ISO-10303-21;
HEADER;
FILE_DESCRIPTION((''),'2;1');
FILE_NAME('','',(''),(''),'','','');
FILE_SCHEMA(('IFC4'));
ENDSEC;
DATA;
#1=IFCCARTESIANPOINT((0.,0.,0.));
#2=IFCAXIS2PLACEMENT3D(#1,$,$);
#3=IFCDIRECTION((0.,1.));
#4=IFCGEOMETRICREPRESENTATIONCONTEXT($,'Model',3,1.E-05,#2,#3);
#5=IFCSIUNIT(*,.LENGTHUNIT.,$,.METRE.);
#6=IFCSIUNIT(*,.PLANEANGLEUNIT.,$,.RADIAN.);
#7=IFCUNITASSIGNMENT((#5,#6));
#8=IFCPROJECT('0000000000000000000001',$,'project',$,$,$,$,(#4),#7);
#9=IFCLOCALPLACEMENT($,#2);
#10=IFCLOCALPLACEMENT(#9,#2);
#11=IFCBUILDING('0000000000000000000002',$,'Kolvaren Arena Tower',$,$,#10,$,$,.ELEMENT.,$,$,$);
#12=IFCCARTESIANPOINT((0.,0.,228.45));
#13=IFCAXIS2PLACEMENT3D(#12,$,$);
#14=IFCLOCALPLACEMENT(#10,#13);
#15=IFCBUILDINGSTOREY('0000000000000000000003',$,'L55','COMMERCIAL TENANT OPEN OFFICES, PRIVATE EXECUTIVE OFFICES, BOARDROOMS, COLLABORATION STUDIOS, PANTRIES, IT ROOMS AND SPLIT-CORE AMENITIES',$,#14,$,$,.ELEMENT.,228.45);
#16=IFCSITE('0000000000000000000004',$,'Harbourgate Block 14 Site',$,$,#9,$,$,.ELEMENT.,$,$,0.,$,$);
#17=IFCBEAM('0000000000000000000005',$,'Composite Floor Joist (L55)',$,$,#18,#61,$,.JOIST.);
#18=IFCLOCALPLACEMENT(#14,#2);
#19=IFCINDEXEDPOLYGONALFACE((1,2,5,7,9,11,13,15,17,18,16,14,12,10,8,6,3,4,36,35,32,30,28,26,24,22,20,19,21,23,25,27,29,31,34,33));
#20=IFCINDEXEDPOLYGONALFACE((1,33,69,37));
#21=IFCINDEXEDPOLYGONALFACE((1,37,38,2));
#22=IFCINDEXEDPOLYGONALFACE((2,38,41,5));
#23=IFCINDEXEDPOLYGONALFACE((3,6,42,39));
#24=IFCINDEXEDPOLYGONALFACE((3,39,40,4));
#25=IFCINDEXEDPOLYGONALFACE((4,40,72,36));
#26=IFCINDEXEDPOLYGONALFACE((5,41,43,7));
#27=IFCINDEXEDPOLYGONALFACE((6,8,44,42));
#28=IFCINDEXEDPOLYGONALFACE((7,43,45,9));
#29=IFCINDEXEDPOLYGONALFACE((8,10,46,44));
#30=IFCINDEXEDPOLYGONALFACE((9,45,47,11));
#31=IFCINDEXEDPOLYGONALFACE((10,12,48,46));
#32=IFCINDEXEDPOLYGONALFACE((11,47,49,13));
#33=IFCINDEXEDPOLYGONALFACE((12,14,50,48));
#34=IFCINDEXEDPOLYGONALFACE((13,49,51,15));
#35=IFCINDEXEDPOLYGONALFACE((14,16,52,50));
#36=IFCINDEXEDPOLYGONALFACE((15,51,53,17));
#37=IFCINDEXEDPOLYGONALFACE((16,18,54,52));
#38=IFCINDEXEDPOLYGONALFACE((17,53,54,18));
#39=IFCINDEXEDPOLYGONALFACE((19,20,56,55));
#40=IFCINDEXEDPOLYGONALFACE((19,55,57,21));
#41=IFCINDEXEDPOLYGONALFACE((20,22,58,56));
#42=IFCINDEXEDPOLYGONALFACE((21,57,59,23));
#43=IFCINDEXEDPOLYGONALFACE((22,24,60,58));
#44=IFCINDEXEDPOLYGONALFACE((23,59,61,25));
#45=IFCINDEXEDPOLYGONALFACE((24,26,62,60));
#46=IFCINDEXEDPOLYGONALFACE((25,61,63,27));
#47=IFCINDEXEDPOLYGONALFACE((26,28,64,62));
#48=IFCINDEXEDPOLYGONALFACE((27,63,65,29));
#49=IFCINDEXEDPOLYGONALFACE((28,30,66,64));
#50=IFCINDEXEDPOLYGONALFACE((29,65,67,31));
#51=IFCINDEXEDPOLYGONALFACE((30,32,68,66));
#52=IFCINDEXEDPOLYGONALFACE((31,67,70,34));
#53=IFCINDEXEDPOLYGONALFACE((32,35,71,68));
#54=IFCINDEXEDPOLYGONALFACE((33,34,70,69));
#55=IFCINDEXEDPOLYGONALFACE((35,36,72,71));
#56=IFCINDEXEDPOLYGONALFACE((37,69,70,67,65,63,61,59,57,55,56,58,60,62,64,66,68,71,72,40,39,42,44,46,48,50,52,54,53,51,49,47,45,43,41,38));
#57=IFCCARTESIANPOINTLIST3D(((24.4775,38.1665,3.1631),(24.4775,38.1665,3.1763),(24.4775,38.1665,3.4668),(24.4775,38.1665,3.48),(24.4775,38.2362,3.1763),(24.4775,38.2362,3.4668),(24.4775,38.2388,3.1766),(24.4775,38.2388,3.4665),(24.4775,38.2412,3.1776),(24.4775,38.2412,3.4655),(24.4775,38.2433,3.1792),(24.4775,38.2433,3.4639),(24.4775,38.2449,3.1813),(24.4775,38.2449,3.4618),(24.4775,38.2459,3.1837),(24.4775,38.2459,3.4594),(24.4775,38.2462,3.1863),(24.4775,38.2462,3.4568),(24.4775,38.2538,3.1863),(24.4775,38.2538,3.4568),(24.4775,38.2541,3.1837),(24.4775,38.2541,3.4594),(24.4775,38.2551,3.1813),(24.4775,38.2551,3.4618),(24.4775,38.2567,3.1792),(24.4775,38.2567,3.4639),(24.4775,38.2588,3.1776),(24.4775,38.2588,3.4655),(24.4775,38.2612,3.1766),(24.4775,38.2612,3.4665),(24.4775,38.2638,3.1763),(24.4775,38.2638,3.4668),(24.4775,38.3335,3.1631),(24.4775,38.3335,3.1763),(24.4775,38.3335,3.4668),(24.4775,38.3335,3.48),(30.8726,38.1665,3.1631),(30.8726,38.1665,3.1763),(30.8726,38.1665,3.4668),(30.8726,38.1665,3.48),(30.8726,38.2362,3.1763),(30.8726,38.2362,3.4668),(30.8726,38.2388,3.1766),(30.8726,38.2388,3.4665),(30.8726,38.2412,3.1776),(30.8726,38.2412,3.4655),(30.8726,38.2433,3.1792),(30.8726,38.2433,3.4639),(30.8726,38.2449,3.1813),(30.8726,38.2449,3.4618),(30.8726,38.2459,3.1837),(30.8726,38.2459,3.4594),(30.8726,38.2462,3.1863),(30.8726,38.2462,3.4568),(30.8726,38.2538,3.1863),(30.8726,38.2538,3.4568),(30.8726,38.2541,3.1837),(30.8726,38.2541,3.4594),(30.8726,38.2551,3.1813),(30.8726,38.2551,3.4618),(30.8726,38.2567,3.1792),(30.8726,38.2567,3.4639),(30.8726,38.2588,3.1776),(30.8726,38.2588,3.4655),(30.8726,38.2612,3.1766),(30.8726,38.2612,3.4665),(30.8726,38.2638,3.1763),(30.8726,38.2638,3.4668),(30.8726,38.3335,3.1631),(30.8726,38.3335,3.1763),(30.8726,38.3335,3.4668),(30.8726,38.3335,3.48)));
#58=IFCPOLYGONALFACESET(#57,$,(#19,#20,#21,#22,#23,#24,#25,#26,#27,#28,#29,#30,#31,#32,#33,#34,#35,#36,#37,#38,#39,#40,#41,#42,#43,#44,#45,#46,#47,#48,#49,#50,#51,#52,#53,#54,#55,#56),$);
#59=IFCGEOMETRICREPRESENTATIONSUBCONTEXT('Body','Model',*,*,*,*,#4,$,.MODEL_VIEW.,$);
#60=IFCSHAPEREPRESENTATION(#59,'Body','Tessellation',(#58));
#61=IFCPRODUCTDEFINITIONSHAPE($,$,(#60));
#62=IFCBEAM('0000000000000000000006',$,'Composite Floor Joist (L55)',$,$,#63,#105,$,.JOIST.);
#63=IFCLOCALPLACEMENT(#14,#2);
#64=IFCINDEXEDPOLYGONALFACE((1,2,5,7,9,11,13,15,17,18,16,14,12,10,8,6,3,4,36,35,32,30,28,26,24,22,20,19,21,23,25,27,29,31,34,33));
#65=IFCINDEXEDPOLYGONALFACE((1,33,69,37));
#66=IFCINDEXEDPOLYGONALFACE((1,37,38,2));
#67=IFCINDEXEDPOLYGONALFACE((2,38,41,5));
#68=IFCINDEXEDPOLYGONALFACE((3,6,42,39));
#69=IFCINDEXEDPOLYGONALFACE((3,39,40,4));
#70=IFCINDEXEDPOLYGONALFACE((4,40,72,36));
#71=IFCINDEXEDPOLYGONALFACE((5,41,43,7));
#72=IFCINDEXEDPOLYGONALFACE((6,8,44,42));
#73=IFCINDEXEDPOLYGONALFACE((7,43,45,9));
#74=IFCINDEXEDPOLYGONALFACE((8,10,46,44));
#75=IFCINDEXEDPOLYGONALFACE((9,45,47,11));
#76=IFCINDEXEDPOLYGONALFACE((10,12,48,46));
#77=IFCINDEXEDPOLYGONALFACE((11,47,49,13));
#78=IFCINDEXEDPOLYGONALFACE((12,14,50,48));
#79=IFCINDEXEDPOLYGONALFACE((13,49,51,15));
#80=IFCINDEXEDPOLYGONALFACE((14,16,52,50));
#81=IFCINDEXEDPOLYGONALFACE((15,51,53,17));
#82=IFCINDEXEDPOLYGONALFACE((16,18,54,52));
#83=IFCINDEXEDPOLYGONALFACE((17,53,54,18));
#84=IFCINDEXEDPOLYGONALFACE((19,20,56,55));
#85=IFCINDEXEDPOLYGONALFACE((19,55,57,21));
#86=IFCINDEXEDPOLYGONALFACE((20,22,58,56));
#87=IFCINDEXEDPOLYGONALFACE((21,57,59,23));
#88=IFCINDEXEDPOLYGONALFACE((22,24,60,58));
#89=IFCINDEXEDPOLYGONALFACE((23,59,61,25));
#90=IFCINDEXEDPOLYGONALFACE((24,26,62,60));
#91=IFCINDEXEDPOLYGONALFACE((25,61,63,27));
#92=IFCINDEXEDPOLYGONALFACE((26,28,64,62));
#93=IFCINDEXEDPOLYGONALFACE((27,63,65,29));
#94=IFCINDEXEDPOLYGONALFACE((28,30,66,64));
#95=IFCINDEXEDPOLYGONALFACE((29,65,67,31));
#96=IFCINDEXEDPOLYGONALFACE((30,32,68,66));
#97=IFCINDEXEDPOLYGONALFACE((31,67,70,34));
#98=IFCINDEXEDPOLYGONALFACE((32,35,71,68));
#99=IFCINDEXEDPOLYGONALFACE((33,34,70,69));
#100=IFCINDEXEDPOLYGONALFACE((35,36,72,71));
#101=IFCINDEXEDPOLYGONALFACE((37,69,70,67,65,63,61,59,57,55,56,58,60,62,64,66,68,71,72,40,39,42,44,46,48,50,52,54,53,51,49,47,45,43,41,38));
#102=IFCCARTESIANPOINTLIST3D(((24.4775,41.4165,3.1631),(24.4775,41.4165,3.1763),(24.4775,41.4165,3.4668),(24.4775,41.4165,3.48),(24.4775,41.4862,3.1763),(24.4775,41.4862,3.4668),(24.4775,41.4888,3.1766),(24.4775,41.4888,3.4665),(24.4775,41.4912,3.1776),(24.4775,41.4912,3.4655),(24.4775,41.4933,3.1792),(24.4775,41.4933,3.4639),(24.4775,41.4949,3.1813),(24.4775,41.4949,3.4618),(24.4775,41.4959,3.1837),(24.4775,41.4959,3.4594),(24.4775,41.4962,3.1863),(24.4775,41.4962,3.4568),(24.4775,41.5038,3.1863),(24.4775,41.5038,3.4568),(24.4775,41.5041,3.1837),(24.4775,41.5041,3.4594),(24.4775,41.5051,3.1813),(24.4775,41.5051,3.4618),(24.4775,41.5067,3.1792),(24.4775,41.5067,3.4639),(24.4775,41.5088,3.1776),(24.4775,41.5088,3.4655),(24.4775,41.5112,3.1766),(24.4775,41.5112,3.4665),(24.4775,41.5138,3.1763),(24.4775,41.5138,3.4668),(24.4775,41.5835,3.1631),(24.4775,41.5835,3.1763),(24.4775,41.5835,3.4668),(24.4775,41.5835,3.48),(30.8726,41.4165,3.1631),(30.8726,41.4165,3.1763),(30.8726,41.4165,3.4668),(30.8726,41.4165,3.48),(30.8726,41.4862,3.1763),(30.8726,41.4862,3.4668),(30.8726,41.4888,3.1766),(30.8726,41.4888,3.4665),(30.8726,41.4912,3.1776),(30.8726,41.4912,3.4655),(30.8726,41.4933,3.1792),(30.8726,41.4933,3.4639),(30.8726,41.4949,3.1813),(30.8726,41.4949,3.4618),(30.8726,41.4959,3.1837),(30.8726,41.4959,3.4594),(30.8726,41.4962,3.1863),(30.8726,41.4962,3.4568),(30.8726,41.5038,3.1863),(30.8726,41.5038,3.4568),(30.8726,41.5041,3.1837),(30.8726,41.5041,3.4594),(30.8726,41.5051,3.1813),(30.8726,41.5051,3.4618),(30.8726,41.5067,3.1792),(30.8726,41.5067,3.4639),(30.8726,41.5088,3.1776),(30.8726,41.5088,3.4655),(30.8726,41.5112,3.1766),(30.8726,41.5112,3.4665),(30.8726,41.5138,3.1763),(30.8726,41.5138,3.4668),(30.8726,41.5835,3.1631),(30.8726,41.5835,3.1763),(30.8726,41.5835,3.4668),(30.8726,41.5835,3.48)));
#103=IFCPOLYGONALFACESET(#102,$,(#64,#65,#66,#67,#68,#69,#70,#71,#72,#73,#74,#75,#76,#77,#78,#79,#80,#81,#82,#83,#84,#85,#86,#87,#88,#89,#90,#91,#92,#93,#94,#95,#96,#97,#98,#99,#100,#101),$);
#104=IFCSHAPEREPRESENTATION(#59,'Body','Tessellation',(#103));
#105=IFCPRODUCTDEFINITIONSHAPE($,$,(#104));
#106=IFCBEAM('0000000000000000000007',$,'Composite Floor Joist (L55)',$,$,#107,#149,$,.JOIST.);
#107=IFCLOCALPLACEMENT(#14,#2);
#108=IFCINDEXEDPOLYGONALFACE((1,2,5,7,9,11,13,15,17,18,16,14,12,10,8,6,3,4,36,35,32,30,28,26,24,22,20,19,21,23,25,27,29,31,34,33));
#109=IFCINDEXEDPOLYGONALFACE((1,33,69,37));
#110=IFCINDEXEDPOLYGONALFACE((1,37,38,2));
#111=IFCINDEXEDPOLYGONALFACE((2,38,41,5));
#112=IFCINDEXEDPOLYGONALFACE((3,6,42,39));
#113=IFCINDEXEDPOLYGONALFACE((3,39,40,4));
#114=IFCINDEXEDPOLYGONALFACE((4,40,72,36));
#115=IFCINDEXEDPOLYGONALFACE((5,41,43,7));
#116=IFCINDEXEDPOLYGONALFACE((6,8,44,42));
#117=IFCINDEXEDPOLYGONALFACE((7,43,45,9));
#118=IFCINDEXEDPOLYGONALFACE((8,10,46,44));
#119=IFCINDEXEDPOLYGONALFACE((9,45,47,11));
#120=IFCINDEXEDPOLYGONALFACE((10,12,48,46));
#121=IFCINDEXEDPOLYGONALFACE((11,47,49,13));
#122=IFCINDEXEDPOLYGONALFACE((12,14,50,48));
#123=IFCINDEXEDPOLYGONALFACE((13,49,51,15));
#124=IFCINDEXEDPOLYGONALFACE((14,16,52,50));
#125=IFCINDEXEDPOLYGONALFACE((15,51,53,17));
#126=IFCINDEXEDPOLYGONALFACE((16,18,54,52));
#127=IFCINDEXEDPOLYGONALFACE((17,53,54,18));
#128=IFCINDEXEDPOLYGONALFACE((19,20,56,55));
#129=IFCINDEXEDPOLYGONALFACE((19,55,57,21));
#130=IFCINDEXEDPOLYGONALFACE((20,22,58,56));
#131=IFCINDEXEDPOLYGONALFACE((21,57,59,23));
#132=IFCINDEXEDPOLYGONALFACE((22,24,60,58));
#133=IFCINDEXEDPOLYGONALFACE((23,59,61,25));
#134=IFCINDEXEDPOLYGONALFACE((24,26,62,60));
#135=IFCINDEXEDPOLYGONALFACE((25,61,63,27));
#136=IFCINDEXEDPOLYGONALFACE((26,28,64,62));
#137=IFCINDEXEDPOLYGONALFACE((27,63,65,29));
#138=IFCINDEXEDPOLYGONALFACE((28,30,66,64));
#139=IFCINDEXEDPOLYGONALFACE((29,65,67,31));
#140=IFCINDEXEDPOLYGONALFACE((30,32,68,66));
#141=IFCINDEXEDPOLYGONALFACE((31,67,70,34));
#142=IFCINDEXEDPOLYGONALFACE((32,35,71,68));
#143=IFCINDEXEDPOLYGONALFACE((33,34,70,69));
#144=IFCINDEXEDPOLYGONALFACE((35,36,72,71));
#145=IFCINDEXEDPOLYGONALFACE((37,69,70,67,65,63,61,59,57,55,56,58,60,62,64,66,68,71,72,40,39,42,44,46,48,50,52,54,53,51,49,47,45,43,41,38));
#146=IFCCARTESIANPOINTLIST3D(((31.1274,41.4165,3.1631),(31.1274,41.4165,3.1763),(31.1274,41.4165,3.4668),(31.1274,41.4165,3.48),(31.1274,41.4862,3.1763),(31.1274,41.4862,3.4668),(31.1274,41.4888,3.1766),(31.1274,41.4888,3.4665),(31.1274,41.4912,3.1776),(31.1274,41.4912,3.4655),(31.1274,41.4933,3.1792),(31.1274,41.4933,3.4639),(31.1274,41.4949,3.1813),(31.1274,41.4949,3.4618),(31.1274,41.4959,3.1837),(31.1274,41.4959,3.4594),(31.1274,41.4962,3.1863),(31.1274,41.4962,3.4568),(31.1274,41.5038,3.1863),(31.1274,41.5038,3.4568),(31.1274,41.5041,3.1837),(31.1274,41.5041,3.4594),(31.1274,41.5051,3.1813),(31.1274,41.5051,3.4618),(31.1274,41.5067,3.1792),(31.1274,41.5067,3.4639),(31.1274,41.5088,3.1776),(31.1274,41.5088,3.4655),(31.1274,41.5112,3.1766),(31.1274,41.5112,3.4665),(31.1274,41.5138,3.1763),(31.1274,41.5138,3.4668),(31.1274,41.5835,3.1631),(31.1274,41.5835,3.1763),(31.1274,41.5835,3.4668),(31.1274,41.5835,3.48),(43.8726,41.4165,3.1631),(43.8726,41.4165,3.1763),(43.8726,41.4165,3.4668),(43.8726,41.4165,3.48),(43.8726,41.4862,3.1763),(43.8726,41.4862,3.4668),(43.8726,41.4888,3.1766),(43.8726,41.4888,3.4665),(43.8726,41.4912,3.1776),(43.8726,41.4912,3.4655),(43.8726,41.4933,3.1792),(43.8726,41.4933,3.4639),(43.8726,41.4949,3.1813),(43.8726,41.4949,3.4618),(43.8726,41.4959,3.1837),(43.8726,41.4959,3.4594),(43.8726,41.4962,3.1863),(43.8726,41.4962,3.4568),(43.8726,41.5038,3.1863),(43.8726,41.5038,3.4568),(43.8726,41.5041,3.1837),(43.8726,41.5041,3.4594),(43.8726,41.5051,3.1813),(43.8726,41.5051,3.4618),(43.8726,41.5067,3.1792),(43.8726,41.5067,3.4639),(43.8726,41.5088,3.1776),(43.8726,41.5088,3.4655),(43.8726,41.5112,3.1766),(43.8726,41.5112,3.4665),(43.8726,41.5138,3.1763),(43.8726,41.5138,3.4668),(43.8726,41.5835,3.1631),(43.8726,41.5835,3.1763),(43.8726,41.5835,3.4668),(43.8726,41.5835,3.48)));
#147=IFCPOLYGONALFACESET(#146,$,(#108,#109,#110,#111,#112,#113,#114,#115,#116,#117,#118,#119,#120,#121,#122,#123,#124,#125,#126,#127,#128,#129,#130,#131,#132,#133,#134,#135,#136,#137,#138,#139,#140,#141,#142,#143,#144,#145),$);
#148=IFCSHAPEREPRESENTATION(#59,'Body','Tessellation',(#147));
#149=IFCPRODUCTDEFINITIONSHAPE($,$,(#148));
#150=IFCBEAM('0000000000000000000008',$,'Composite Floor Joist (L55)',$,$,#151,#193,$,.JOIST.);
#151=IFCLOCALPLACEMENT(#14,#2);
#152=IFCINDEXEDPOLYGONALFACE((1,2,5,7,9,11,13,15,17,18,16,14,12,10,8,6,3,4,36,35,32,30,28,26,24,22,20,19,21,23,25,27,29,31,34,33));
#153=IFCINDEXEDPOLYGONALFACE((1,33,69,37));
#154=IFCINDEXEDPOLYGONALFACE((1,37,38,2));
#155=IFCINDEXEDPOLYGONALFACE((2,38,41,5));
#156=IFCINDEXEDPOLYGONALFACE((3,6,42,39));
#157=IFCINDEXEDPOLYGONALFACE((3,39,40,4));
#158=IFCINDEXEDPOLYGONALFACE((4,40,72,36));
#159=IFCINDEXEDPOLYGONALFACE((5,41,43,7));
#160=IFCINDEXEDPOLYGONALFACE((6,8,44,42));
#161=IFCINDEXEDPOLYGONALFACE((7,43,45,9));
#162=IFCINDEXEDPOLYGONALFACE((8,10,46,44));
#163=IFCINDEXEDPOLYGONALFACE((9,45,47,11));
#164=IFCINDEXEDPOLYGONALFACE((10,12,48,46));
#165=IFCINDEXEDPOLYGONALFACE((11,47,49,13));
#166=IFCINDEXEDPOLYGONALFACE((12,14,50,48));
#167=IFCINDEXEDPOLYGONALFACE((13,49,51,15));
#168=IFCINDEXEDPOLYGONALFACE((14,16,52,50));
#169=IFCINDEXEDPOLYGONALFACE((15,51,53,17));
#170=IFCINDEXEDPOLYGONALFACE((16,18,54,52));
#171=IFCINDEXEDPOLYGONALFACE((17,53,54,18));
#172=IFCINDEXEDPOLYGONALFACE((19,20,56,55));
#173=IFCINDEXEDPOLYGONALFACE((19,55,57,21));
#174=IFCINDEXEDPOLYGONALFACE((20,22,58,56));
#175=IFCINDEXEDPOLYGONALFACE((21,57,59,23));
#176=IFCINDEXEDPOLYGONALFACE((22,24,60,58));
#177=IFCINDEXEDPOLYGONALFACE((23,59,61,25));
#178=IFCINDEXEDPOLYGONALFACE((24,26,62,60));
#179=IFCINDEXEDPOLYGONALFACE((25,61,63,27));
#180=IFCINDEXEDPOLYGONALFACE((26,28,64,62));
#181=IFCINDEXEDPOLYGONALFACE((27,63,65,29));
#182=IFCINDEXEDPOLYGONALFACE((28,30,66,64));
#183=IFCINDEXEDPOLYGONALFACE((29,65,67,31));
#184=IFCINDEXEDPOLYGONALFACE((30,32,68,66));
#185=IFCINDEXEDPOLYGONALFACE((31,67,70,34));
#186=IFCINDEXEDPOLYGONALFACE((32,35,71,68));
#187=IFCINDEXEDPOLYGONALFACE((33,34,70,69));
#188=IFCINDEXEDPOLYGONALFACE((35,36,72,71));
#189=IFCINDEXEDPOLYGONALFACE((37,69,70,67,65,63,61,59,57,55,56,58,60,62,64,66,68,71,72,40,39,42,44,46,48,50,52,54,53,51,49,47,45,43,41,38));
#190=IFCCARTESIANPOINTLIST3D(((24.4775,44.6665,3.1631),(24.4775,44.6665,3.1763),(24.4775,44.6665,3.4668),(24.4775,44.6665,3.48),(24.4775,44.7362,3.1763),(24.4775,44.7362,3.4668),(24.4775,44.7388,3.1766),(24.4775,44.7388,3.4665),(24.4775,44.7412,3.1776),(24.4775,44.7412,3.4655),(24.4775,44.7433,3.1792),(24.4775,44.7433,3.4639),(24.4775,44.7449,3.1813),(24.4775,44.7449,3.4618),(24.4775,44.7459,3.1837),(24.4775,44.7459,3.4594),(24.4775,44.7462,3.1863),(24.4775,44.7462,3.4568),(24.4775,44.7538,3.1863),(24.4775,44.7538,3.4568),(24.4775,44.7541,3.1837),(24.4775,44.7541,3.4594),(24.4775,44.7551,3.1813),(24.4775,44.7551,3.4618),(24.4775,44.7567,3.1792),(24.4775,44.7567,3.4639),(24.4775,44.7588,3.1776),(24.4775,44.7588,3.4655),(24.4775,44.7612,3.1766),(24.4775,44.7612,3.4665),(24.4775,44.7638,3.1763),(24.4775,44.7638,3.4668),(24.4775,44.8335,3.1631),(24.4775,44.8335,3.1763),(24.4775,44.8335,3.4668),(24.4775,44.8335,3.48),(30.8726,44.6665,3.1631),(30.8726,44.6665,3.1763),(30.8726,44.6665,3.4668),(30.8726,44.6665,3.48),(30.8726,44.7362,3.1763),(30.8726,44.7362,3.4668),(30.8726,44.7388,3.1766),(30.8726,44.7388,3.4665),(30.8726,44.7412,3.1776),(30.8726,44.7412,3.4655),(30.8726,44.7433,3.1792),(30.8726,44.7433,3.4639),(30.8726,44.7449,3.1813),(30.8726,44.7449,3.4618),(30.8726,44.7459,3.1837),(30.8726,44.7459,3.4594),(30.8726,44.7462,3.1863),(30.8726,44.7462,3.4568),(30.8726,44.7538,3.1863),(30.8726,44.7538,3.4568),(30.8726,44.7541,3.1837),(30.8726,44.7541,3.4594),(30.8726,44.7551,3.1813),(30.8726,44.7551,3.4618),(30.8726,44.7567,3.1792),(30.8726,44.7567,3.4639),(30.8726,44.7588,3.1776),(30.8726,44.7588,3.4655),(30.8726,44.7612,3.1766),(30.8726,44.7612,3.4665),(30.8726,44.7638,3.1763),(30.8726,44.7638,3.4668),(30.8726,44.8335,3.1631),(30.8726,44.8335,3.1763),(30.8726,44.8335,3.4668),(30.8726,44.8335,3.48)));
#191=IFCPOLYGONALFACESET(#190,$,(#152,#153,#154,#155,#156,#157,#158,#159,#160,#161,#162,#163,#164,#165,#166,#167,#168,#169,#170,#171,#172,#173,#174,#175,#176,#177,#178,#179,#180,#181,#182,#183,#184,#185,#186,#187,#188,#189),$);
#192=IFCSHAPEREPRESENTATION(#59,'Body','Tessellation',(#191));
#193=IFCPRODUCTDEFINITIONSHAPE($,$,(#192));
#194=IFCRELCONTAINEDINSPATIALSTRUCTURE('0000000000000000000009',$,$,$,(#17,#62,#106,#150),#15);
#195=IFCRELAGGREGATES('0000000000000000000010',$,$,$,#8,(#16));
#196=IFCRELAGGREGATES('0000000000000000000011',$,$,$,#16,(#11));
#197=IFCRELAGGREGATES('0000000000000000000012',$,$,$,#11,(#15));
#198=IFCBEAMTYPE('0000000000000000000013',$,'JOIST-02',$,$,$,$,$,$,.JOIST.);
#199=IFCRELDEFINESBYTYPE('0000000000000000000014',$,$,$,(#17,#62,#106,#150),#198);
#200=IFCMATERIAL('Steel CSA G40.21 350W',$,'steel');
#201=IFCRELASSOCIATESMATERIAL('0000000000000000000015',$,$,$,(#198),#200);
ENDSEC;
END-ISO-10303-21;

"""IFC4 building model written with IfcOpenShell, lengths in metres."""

from ifc_helpers import new_model, si_unit, direction, frame, origin, origin_2d, place, context, subcontext, project, spatial, i_section, extrude, material, material_profile, profile_set, type_object, element, save


model = new_model("IFC4")

# Units and contexts
model_context = context("Model", 3, precision=1e-05, world=origin(), true_north=direction((0.0, 1.0)))
body_context = subcontext(model_context, "Body", "Model", "MODEL_VIEW")
ifc_project = project(units=[si_unit("LENGTHUNIT", "METRE"), si_unit("PLANEANGLEUNIT", "RADIAN")], contexts=[model_context])

# Site, building, storey
site_placement = place(None, origin())
site = spatial("IfcSite", under=ifc_project, at=site_placement, Name="Harbourgate Block 14 Site", CompositionType="ELEMENT", RefElevation=0.0)
building_placement = place(site_placement, origin())
building = spatial("IfcBuilding", under=site, at=building_placement, Name="Kolvaren Arena Tower", CompositionType="ELEMENT")
storey_placement = place(building_placement, frame((0.0, 0.0, 228.45)))
storey = spatial("IfcBuildingStorey", under=building, at=storey_placement, Name="L55", Description="COMMERCIAL TENANT OPEN OFFICES, PRIVATE EXECUTIVE OFFICES, BOARDROOMS, COLLABORATION STUDIOS, PANTRIES, IT ROOMS AND SPLIT-CORE AMENITIES", CompositionType="ELEMENT", Elevation=228.45)

# Beams
ifc_material_1 = material(Name="Steel CSA G40.21 350W", Category="steel")
ifc_material_profile_1 = material_profile(ifc_material_1, i_section(OverallWidth=0.167, OverallDepth=0.3169, WebThickness=0.0076, FlangeThickness=0.0132, FilletRadius=0.01, at=origin_2d()), Name="W310x52")
ifc_profile_set_1 = profile_set([ifc_material_profile_1], Name="Steel CSA G40.21 350W")
beam_type_1 = type_object("IfcBeamType", Name="JOIST-02", PredefinedType="JOIST", material=ifc_profile_set_1)
for number, where, z_axis, x_axis, name in (
    (1, (24.4775, 38.25, 3.3215), (1.0, 0.0, 0.0), (0.0, 1.0, 0.0), "Composite Floor Joist (L55)"),
    (2, (24.4775, 41.5, 3.3215), (1.0, 0.0, 0.0), (0.0, 1.0, 0.0), "Composite Floor Joist (L55)"),
):
    element("IfcBeam", number, at=place(storey_placement, frame(where, z_axis=z_axis, x_axis=x_axis)), inside=storey, type_object=beam_type_1, Name=name, PredefinedType="JOIST", context=body_context, shape_type="SweptSolid", body=[
        extrude(i_section(OverallWidth=0.167, OverallDepth=0.3169, WebThickness=0.0076, FlangeThickness=0.0132, FilletRadius=0.01, at=origin_2d()), origin(), (0.0, 0.0, 1.0), 6.395),
    ])
beam_1_placement = place(storey_placement, frame((31.1274, 41.5, 3.3215), z_axis=(1.0, 0.0, 0.0), x_axis=(0.0, 1.0, 0.0)))
element("IfcBeam", 3, at=beam_1_placement, inside=storey, type_object=beam_type_1, Name="Composite Floor Joist (L55)", PredefinedType="JOIST", context=body_context, shape_type="SweptSolid", body=[
    extrude(i_section(OverallWidth=0.167, OverallDepth=0.3169, WebThickness=0.0076, FlangeThickness=0.0132, FilletRadius=0.01, at=origin_2d()), origin(), (0.0, 0.0, 1.0), 12.7451),
])
beam_2_placement = place(storey_placement, frame((24.4775, 44.75, 3.3215), z_axis=(1.0, 0.0, 0.0), x_axis=(0.0, 1.0, 0.0)))
element("IfcBeam", 4, at=beam_2_placement, inside=storey, type_object=beam_type_1, Name="Composite Floor Joist (L55)", PredefinedType="JOIST", context=body_context, shape_type="SweptSolid", body=[
    extrude(i_section(OverallWidth=0.167, OverallDepth=0.3169, WebThickness=0.0076, FlangeThickness=0.0132, FilletRadius=0.01, at=origin_2d()), origin(), (0.0, 0.0, 1.0), 6.395),
])

save(model, "model.ifc")
